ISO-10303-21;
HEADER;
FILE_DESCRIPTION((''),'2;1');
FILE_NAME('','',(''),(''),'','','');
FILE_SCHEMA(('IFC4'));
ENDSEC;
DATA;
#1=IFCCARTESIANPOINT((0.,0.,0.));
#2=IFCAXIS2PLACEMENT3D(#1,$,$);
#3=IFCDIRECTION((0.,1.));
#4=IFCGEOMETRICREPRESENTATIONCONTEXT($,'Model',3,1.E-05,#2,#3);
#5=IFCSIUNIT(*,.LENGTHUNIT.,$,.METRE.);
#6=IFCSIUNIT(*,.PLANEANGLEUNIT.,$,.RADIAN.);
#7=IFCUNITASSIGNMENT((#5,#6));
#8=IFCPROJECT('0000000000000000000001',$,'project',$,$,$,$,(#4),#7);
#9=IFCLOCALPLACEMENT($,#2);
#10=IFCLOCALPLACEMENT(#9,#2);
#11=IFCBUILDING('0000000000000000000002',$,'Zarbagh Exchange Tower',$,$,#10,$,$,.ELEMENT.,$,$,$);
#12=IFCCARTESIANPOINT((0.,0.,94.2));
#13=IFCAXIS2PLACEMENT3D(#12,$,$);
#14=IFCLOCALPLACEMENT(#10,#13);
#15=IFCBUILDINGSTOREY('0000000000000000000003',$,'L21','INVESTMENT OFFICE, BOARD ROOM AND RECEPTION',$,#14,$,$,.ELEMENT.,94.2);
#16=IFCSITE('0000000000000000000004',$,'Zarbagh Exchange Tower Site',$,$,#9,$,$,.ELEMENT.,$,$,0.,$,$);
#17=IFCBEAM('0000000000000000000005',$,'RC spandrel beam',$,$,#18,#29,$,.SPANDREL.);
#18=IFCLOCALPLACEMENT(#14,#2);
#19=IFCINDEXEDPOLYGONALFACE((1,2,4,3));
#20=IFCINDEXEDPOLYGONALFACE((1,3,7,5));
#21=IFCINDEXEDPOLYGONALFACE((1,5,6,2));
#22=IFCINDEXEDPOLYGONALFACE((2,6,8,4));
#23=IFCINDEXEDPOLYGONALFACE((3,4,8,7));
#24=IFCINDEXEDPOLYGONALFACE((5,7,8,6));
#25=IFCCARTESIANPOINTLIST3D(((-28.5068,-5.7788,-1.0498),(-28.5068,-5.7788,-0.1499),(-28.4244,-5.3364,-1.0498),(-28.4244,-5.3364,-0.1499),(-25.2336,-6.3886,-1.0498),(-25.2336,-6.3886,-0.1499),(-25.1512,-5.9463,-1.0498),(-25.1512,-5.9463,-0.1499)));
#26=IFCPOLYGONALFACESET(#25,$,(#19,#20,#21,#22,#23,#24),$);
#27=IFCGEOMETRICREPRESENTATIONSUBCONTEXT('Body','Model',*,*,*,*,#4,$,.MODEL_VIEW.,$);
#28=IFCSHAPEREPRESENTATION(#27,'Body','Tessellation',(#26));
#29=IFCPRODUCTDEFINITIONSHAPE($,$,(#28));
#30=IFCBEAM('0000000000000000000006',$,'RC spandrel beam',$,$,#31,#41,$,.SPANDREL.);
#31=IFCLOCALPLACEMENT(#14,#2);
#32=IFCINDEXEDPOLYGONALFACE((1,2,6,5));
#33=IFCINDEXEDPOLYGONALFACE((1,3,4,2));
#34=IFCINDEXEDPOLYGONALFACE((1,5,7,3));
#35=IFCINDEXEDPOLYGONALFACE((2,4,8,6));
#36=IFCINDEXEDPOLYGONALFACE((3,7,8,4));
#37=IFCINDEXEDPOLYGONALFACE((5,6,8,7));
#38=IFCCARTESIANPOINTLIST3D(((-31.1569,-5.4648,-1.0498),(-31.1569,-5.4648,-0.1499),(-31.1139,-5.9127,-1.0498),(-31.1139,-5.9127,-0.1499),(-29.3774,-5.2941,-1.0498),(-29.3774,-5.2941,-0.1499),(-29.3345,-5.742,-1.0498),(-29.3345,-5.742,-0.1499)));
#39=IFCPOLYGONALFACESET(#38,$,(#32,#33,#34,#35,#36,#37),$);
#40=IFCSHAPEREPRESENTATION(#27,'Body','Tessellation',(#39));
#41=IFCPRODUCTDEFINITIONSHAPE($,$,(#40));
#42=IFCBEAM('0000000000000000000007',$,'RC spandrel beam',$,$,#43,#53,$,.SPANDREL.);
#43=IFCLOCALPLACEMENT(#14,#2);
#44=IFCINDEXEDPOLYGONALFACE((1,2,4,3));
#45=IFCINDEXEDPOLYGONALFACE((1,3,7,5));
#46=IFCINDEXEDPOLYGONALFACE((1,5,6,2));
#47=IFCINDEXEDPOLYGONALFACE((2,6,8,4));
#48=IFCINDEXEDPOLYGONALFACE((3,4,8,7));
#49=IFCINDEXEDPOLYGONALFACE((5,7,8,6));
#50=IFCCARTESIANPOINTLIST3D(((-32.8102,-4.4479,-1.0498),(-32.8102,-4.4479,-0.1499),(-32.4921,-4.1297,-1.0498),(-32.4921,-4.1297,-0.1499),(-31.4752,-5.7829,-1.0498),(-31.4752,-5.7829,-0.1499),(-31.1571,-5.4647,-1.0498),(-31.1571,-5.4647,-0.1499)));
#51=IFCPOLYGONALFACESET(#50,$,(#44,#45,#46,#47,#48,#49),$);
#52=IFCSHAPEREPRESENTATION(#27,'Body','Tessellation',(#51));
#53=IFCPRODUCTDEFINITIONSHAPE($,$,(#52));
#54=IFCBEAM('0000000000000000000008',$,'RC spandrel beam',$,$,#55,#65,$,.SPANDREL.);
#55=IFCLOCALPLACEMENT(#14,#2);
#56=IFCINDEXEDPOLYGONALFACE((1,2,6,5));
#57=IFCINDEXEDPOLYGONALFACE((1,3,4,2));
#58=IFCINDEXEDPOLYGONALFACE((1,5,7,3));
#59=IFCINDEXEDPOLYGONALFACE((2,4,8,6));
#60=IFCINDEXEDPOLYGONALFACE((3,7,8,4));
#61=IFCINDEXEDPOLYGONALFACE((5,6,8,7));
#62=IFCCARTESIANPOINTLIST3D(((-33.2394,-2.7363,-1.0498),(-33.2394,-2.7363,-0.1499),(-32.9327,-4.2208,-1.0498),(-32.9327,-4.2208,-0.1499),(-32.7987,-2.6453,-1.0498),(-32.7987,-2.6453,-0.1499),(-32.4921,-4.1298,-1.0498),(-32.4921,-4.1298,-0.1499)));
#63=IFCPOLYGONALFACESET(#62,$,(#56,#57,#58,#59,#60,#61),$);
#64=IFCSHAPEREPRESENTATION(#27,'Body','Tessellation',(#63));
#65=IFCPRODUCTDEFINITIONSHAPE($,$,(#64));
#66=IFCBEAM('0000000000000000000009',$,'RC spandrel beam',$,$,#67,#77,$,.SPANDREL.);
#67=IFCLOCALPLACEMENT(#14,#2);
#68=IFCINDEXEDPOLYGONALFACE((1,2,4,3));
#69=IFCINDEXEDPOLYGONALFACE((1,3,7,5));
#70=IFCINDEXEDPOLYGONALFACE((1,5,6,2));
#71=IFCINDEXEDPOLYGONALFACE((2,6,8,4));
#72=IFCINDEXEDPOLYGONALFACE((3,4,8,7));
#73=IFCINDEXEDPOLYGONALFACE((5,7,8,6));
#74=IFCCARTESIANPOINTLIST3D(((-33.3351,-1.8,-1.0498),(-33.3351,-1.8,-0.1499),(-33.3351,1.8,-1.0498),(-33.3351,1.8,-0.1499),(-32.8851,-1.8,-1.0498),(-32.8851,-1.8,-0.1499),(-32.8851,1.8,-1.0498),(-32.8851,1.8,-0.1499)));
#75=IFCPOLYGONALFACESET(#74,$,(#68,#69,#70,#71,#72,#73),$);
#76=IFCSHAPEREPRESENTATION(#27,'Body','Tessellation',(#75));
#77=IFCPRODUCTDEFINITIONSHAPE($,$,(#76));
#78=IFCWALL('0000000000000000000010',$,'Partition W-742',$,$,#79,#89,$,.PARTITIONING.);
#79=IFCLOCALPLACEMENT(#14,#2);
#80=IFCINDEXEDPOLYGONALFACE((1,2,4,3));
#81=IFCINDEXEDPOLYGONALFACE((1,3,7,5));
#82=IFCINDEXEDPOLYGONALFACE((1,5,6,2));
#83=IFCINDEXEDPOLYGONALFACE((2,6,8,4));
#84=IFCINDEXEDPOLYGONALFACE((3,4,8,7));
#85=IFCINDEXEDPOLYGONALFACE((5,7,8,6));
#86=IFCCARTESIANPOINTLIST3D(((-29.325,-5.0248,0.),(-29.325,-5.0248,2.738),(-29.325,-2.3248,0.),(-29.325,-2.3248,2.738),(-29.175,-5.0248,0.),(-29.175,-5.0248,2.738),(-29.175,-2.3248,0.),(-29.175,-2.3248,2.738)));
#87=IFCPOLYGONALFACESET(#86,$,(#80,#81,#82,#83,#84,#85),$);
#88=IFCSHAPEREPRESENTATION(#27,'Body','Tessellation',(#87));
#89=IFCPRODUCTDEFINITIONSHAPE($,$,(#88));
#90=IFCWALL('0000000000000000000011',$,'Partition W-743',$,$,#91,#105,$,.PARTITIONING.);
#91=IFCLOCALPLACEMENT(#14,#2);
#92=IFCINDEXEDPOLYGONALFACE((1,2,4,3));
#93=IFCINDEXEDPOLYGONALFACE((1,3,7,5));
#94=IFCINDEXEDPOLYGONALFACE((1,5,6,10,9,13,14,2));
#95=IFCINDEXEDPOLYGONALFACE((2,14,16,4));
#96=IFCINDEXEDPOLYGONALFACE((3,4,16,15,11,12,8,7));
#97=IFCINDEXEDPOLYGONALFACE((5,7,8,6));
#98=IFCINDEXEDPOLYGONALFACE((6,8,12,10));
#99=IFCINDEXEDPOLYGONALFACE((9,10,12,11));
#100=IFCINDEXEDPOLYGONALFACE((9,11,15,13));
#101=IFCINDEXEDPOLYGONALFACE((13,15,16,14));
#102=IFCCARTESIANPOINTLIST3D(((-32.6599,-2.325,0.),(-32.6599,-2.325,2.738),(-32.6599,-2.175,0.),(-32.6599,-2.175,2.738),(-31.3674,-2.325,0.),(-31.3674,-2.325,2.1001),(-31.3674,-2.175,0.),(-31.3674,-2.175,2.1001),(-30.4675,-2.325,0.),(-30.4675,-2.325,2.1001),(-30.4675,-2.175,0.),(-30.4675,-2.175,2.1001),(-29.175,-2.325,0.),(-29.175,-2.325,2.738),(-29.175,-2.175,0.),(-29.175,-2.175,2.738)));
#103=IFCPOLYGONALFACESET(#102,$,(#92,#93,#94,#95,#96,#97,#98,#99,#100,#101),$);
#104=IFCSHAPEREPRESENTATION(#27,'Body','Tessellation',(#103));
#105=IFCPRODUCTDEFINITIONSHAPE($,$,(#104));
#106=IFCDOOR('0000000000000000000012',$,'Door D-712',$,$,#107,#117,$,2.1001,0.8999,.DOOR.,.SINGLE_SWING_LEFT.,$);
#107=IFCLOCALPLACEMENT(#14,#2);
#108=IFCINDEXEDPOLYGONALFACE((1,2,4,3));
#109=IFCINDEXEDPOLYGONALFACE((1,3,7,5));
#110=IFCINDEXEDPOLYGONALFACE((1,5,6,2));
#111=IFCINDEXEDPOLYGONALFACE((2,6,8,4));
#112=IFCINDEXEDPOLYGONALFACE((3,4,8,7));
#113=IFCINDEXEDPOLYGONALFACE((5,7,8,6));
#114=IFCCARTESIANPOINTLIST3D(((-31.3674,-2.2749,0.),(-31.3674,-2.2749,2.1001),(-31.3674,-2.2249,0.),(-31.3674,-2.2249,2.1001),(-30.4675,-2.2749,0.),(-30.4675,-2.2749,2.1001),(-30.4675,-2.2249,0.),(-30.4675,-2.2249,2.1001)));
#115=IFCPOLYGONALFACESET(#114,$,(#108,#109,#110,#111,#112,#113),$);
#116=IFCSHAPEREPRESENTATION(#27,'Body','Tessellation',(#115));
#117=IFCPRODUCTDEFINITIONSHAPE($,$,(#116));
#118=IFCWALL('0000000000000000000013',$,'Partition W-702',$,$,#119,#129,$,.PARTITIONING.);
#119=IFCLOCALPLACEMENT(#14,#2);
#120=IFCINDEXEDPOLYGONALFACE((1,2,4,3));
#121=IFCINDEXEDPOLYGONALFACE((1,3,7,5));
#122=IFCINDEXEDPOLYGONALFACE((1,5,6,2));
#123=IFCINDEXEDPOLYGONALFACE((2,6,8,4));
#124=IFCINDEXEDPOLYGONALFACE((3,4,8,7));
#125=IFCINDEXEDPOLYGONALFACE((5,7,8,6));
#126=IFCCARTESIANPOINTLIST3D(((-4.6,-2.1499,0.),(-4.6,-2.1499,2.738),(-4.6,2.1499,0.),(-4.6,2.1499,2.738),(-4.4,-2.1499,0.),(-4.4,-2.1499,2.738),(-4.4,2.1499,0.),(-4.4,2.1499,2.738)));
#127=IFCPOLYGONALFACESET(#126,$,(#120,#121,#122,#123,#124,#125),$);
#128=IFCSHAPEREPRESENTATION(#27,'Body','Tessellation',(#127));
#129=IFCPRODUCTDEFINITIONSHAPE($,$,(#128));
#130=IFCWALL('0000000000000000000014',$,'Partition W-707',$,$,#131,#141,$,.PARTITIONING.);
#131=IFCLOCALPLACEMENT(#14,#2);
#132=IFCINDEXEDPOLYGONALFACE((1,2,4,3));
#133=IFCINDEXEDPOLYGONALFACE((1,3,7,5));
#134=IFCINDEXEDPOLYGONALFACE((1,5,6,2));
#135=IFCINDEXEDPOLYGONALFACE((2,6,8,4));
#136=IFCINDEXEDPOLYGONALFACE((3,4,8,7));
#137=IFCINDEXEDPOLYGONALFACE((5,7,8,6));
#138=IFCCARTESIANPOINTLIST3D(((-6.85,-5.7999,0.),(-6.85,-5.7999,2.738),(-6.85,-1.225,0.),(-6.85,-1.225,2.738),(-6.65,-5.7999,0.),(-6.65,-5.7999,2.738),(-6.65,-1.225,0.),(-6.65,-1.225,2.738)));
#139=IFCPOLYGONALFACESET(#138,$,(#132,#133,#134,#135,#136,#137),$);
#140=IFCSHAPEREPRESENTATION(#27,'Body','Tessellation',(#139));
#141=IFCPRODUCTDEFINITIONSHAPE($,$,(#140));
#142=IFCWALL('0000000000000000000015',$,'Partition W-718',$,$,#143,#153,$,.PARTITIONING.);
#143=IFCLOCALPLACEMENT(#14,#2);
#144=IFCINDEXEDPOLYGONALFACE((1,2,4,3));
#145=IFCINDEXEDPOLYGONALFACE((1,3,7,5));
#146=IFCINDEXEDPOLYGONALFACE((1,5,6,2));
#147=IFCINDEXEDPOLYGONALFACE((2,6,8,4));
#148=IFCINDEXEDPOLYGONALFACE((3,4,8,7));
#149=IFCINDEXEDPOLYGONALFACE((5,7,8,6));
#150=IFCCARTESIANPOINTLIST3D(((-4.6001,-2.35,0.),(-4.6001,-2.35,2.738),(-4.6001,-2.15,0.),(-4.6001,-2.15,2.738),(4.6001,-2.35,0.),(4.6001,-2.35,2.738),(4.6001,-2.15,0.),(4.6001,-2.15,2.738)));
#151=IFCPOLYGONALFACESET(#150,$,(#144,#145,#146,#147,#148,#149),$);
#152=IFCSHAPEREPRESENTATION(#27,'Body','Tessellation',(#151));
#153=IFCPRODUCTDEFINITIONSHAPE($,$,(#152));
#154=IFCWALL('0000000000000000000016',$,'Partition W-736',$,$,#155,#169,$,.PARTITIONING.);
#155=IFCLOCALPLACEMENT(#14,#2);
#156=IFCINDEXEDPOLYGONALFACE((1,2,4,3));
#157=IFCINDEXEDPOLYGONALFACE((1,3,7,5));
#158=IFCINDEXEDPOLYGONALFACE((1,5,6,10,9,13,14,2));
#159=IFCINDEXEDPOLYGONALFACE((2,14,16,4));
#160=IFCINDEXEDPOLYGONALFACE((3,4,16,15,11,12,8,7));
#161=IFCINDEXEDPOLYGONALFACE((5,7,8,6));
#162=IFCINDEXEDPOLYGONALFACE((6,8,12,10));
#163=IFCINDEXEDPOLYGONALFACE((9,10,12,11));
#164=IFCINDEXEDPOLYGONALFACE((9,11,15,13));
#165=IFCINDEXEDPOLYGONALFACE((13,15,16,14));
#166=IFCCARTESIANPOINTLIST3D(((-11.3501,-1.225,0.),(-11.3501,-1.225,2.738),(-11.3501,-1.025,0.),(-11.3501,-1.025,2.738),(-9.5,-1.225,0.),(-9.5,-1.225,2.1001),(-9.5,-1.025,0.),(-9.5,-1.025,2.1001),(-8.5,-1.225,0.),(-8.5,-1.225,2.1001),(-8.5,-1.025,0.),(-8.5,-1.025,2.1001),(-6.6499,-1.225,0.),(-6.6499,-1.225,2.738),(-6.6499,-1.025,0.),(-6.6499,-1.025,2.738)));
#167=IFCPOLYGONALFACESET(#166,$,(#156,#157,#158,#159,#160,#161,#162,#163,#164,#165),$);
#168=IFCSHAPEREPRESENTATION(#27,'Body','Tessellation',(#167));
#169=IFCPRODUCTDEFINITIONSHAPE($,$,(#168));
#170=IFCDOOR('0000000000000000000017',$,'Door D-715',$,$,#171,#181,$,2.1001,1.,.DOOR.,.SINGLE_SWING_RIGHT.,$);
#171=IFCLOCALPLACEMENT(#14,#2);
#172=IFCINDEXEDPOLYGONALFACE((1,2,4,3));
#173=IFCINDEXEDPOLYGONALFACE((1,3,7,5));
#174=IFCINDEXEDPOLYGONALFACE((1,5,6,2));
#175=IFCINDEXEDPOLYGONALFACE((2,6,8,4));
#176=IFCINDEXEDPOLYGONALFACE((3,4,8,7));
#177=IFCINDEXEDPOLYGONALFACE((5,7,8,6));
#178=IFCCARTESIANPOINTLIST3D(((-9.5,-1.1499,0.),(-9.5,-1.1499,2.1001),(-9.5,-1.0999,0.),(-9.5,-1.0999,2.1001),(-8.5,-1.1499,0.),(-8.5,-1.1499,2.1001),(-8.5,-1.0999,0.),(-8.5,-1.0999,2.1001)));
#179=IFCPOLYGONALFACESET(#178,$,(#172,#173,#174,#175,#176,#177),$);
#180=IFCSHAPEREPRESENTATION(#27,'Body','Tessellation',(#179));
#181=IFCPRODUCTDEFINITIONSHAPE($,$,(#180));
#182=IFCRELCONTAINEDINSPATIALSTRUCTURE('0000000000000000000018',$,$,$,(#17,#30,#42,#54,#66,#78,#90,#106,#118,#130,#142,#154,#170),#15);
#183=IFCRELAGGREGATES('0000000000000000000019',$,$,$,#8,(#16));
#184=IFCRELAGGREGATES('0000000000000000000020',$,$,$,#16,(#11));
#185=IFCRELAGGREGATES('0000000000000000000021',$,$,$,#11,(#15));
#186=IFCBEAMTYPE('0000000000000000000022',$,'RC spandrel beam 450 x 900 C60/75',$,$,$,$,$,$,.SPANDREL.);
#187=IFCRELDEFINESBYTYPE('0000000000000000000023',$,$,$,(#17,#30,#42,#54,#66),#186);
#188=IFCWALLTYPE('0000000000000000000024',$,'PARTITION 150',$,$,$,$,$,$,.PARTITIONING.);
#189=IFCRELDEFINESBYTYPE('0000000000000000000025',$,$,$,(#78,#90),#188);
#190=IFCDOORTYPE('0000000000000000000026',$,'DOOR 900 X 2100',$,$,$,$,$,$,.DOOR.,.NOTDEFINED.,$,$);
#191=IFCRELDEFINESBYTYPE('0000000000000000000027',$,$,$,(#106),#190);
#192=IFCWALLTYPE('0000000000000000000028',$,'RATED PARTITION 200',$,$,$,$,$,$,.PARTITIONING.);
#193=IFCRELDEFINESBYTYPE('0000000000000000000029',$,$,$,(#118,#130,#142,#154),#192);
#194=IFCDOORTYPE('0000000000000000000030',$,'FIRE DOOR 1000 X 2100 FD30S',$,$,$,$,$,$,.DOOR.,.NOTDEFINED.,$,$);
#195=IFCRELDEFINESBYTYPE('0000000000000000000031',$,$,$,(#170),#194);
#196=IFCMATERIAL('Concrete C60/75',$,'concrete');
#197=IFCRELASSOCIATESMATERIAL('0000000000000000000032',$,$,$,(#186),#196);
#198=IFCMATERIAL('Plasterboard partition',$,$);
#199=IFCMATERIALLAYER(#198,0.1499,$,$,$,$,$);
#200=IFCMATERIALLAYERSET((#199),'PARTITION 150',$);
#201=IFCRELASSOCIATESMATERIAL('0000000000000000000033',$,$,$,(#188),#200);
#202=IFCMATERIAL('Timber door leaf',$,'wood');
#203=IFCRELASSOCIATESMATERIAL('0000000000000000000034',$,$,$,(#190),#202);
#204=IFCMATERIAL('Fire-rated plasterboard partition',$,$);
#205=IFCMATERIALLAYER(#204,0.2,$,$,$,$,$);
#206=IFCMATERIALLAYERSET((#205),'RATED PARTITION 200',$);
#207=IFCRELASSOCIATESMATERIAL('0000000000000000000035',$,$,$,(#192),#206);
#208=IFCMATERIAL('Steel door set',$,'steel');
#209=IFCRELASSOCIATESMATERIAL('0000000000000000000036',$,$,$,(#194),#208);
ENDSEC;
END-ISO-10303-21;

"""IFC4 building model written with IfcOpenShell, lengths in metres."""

from ifc_helpers import new_model, si_unit, direction, frame, frame_2d, origin, origin_2d, place, context, subcontext, project, spatial, rectangle, extrude, material, layer, layer_set, material_profile, profile_set, type_object, element, fill, save


model = new_model("IFC4")

# Units and contexts
model_context = context("Model", 3, precision=1e-05, world=origin(), true_north=direction((0.0, 1.0)))
body_context = subcontext(model_context, "Body", "Model", "MODEL_VIEW")
ifc_project = project(units=[si_unit("LENGTHUNIT", "METRE"), si_unit("PLANEANGLEUNIT", "RADIAN")], contexts=[model_context])

# Site, building, storey
site_placement = place(None, origin())
site = spatial("IfcSite", under=ifc_project, at=site_placement, Name="Zarbagh Exchange Tower Site", CompositionType="ELEMENT", RefElevation=0.0)
building_placement = place(site_placement, origin())
building = spatial("IfcBuilding", under=site, at=building_placement, Name="Zarbagh Exchange Tower", CompositionType="ELEMENT")
storey_placement = place(building_placement, frame((0.0, 0.0, 94.2)))
storey = spatial("IfcBuildingStorey", under=building, at=storey_placement, Name="L21", Description="INVESTMENT OFFICE, BOARD ROOM AND RECEPTION", CompositionType="ELEMENT", Elevation=94.2)

# Shared definitions
ifc_material_1 = material(Name="Concrete C60/75", Category="concrete")

# Beams
ifc_material_profile_1 = material_profile(ifc_material_1, rectangle(XDim=0.45, YDim=0.8999, at=origin_2d()), Name="RC spandrel beam 450 x 900 C60/75")
ifc_profile_set_1 = profile_set([ifc_material_profile_1], Name="Concrete C60/75")
beam_type_1 = type_object("IfcBeamType", Name="RC spandrel beam 450 x 900 C60/75", PredefinedType="SPANDREL", material=ifc_profile_set_1)
beam_1_placement = place(storey_placement, frame((-25.1924, -6.1675, -0.5999), z_axis=(-0.983082, 0.183168, 0.0), x_axis=(-0.183168, -0.983082, 0.0)))
element("IfcBeam", 1, at=beam_1_placement, inside=storey, type_object=beam_type_1, Name="RC spandrel beam", PredefinedType="SPANDREL", context=body_context, shape_type="SweptSolid", body=[
    extrude(rectangle(XDim=0.45, YDim=0.8999, at=origin_2d()), origin(), (0.0, 0.0, 1.0), 3.3296),
])
beam_2_placement = place(storey_placement, frame((-29.356, -5.5181, -0.5999), z_axis=(-0.995433, -0.09546, 0.0), x_axis=(0.09546, -0.995433, 0.0)))
element("IfcBeam", 2, at=beam_2_placement, inside=storey, type_object=beam_type_1, Name="RC spandrel beam", PredefinedType="SPANDREL", context=body_context, shape_type="SweptSolid", body=[
    extrude(rectangle(XDim=0.45, YDim=0.8999, at=origin_2d()), origin(), (0.0, 0.0, 1.0), 1.7876),
])
beam_3_placement = place(storey_placement, frame((-31.3162, -5.6238, -0.5999), z_axis=(-0.707107, 0.707107, 0.0), x_axis=(-0.707107, -0.707107, 0.0)))
element("IfcBeam", 3, at=beam_3_placement, inside=storey, type_object=beam_type_1, Name="RC spandrel beam", PredefinedType="SPANDREL", context=body_context, shape_type="SweptSolid", body=[
    extrude(rectangle(XDim=0.45, YDim=0.8999, at=origin_2d()), origin(), (0.0, 0.0, 1.0), 1.8879),
])
beam_4_placement = place(storey_placement, frame((-32.7124, -4.1753, -0.5999), z_axis=(-0.202275, 0.979329, 0.0), x_axis=(-0.979329, -0.202275, 0.0)))
element("IfcBeam", 4, at=beam_4_placement, inside=storey, type_object=beam_type_1, Name="RC spandrel beam", PredefinedType="SPANDREL", context=body_context, shape_type="SweptSolid", body=[
    extrude(rectangle(XDim=0.45, YDim=0.8999, at=origin_2d()), origin(), (0.0, 0.0, 1.0), 1.5159),
])
beam_5_placement = place(storey_placement, frame((-33.1101, -1.8, -0.5999), z_axis=(0.0, 1.0, 0.0), x_axis=(-1.0, 0.0, 0.0)))
element("IfcBeam", 5, at=beam_5_placement, inside=storey, type_object=beam_type_1, Name="RC spandrel beam", PredefinedType="SPANDREL", context=body_context, shape_type="SweptSolid", body=[
    extrude(rectangle(XDim=0.45, YDim=0.8999, at=origin_2d()), origin(), (0.0, 0.0, 1.0), 3.6001),
])

# Wall
ifc_material_2 = material(Name="Plasterboard partition")
ifc_layer_1 = layer(ifc_material_2, 0.1499)
ifc_layer_set_1 = layer_set([ifc_layer_1], Name="PARTITION 150")
wall_type_1 = type_object("IfcWallType", Name="PARTITION 150", PredefinedType="PARTITIONING", material=ifc_layer_set_1)
wall_1_placement = place(storey_placement, frame((-29.25, -5.0249, 0.0), z_axis=(0.0, 0.0, 1.0), x_axis=(0.0, 1.0, 0.0)))
element("IfcWall", 6, at=wall_1_placement, inside=storey, type_object=wall_type_1, Name="Partition W-742", PredefinedType="PARTITIONING", context=body_context, shape_type="SweptSolid", body=[
    extrude(rectangle(XDim=2.7, YDim=0.1499, at=frame_2d((1.3501, 0.0))), origin(), (0.0, 0.0, 1.0), 2.738),
])

# Wall, opening, door
wall_2_placement = place(storey_placement, frame((-29.175, -2.25, 0.0), z_axis=(0.0, 0.0, 1.0), x_axis=(-1.0, 0.0, 0.0)))
wall_2 = element("IfcWall", 7, at=wall_2_placement, inside=storey, type_object=wall_type_1, Name="Partition W-743", PredefinedType="PARTITIONING", context=body_context, shape_type="SweptSolid", body=[
    extrude(rectangle(XDim=3.4849, YDim=0.1499, at=frame_2d((1.7424, 0.0))), origin(), (0.0, 0.0, 1.0), 2.738),
])
opening_1_placement = place(wall_2_placement, frame((1.2925, 0.0, 0.0)))
opening_1 = element("IfcOpeningElement", 8, at=opening_1_placement, cuts=wall_2, PredefinedType="OPENING", context=body_context, shape_type="SweptSolid", body=[
    extrude(rectangle(XDim=0.8999, YDim=2.1001, at=frame_2d((0.45, 1.05))), frame((0.0, 0.085, 0.0), z_axis=(0.0, -1.0, 0.0), x_axis=(1.0, 0.0, 0.0)), (0.0, 0.0, 1.0), 0.1699),
])
ifc_material_3 = material(Name="Timber door leaf", Category="wood")
door_type_1 = type_object("IfcDoorType", Name="DOOR 900 X 2100", OperationType="NOTDEFINED", PredefinedType="DOOR", material=ifc_material_3)
door_1_placement = place(opening_1_placement, origin())
door_1 = element("IfcDoor", 9, at=door_1_placement, inside=storey, type_object=door_type_1, Name="Door D-712", OperationType="SINGLE_SWING_LEFT", OverallHeight=2.1001, OverallWidth=0.8999, PredefinedType="DOOR", context=body_context, shape_type="SweptSolid", body=[
    extrude(rectangle(XDim=0.8999, YDim=2.1001, at=frame_2d((0.45, 1.05))), frame((0.0, 0.0249, 0.0), z_axis=(0.0, -1.0, 0.0), x_axis=(1.0, 0.0, 0.0)), (0.0, 0.0, 1.0), 0.05),
])
fill(opening_1, door_1)

# Walls
ifc_material_4 = material(Name="Fire-rated plasterboard partition")
ifc_layer_2 = layer(ifc_material_4, 0.2)
ifc_layer_set_2 = layer_set([ifc_layer_2], Name="RATED PARTITION 200")
wall_type_2 = type_object("IfcWallType", Name="RATED PARTITION 200", PredefinedType="PARTITIONING", material=ifc_layer_set_2)
wall_3_placement = place(storey_placement, frame((-4.5, -2.1499, 0.0), z_axis=(0.0, 0.0, 1.0), x_axis=(0.0, 1.0, 0.0)))
element("IfcWall", 10, at=wall_3_placement, inside=storey, type_object=wall_type_2, Name="Partition W-702", PredefinedType="PARTITIONING", context=body_context, shape_type="SweptSolid", body=[
    extrude(rectangle(XDim=4.2998, YDim=0.2, at=frame_2d((2.1499, 0.0))), origin(), (0.0, 0.0, 1.0), 2.738),
])
wall_4_placement = place(storey_placement, frame((-6.75, -5.8, 0.0), z_axis=(0.0, 0.0, 1.0), x_axis=(0.0, 1.0, 0.0)))
element("IfcWall", 11, at=wall_4_placement, inside=storey, type_object=wall_type_2, Name="Partition W-707", PredefinedType="PARTITIONING", context=body_context, shape_type="SweptSolid", body=[
    extrude(rectangle(XDim=4.575, YDim=0.2, at=frame_2d((2.2876, 0.0))), origin(), (0.0, 0.0, 1.0), 2.738),
])
wall_5_placement = place(storey_placement, frame((-4.6001, -2.25, 0.0), z_axis=(0.0, 0.0, 1.0), x_axis=(1.0, 0.0, 0.0)))
element("IfcWall", 12, at=wall_5_placement, inside=storey, type_object=wall_type_2, Name="Partition W-718", PredefinedType="PARTITIONING", context=body_context, shape_type="SweptSolid", body=[
    extrude(rectangle(XDim=9.2002, YDim=0.2, at=frame_2d((4.6001, 0.0))), origin(), (0.0, 0.0, 1.0), 2.738),
])

# Wall, opening, door
wall_6_placement = place(storey_placement, frame((-6.6499, -1.125, 0.0), z_axis=(0.0, 0.0, 1.0), x_axis=(-1.0, 0.0, 0.0)))
wall_6 = element("IfcWall", 13, at=wall_6_placement, inside=storey, type_object=wall_type_2, Name="Partition W-736", PredefinedType="PARTITIONING", context=body_context, shape_type="SweptSolid", body=[
    extrude(rectangle(XDim=4.7002, YDim=0.2, at=frame_2d((2.3501, 0.0))), origin(), (0.0, 0.0, 1.0), 2.738),
])
opening_2_placement = place(wall_6_placement, frame((1.8501, 0.0, 0.0)))
opening_2 = element("IfcOpeningElement", 14, at=opening_2_placement, cuts=wall_6, PredefinedType="OPENING", context=body_context, shape_type="SweptSolid", body=[
    extrude(rectangle(XDim=1.0, YDim=2.1001, at=frame_2d((0.5, 1.05))), frame((0.0, 0.1099, 0.0), z_axis=(0.0, -1.0, 0.0), x_axis=(1.0, 0.0, 0.0)), (0.0, 0.0, 1.0), 0.22),
])
ifc_material_5 = material(Name="Steel door set", Category="steel")
door_type_2 = type_object("IfcDoorType", Name="FIRE DOOR 1000 X 2100 FD30S", OperationType="NOTDEFINED", PredefinedType="DOOR", material=ifc_material_5)
door_2_placement = place(opening_2_placement, origin())
door_2 = element("IfcDoor", 15, at=door_2_placement, inside=storey, type_object=door_type_2, Name="Door D-715", OperationType="SINGLE_SWING_RIGHT", OverallHeight=2.1001, OverallWidth=1.0, PredefinedType="DOOR", context=body_context, shape_type="SweptSolid", body=[
    extrude(rectangle(XDim=1.0, YDim=2.1001, at=frame_2d((0.5, 1.05))), frame((0.0, 0.0249, 0.0), z_axis=(0.0, -1.0, 0.0), x_axis=(1.0, 0.0, 0.0)), (0.0, 0.0, 1.0), 0.05),
])
fill(opening_2, door_2)

save(model, "model.ifc")
